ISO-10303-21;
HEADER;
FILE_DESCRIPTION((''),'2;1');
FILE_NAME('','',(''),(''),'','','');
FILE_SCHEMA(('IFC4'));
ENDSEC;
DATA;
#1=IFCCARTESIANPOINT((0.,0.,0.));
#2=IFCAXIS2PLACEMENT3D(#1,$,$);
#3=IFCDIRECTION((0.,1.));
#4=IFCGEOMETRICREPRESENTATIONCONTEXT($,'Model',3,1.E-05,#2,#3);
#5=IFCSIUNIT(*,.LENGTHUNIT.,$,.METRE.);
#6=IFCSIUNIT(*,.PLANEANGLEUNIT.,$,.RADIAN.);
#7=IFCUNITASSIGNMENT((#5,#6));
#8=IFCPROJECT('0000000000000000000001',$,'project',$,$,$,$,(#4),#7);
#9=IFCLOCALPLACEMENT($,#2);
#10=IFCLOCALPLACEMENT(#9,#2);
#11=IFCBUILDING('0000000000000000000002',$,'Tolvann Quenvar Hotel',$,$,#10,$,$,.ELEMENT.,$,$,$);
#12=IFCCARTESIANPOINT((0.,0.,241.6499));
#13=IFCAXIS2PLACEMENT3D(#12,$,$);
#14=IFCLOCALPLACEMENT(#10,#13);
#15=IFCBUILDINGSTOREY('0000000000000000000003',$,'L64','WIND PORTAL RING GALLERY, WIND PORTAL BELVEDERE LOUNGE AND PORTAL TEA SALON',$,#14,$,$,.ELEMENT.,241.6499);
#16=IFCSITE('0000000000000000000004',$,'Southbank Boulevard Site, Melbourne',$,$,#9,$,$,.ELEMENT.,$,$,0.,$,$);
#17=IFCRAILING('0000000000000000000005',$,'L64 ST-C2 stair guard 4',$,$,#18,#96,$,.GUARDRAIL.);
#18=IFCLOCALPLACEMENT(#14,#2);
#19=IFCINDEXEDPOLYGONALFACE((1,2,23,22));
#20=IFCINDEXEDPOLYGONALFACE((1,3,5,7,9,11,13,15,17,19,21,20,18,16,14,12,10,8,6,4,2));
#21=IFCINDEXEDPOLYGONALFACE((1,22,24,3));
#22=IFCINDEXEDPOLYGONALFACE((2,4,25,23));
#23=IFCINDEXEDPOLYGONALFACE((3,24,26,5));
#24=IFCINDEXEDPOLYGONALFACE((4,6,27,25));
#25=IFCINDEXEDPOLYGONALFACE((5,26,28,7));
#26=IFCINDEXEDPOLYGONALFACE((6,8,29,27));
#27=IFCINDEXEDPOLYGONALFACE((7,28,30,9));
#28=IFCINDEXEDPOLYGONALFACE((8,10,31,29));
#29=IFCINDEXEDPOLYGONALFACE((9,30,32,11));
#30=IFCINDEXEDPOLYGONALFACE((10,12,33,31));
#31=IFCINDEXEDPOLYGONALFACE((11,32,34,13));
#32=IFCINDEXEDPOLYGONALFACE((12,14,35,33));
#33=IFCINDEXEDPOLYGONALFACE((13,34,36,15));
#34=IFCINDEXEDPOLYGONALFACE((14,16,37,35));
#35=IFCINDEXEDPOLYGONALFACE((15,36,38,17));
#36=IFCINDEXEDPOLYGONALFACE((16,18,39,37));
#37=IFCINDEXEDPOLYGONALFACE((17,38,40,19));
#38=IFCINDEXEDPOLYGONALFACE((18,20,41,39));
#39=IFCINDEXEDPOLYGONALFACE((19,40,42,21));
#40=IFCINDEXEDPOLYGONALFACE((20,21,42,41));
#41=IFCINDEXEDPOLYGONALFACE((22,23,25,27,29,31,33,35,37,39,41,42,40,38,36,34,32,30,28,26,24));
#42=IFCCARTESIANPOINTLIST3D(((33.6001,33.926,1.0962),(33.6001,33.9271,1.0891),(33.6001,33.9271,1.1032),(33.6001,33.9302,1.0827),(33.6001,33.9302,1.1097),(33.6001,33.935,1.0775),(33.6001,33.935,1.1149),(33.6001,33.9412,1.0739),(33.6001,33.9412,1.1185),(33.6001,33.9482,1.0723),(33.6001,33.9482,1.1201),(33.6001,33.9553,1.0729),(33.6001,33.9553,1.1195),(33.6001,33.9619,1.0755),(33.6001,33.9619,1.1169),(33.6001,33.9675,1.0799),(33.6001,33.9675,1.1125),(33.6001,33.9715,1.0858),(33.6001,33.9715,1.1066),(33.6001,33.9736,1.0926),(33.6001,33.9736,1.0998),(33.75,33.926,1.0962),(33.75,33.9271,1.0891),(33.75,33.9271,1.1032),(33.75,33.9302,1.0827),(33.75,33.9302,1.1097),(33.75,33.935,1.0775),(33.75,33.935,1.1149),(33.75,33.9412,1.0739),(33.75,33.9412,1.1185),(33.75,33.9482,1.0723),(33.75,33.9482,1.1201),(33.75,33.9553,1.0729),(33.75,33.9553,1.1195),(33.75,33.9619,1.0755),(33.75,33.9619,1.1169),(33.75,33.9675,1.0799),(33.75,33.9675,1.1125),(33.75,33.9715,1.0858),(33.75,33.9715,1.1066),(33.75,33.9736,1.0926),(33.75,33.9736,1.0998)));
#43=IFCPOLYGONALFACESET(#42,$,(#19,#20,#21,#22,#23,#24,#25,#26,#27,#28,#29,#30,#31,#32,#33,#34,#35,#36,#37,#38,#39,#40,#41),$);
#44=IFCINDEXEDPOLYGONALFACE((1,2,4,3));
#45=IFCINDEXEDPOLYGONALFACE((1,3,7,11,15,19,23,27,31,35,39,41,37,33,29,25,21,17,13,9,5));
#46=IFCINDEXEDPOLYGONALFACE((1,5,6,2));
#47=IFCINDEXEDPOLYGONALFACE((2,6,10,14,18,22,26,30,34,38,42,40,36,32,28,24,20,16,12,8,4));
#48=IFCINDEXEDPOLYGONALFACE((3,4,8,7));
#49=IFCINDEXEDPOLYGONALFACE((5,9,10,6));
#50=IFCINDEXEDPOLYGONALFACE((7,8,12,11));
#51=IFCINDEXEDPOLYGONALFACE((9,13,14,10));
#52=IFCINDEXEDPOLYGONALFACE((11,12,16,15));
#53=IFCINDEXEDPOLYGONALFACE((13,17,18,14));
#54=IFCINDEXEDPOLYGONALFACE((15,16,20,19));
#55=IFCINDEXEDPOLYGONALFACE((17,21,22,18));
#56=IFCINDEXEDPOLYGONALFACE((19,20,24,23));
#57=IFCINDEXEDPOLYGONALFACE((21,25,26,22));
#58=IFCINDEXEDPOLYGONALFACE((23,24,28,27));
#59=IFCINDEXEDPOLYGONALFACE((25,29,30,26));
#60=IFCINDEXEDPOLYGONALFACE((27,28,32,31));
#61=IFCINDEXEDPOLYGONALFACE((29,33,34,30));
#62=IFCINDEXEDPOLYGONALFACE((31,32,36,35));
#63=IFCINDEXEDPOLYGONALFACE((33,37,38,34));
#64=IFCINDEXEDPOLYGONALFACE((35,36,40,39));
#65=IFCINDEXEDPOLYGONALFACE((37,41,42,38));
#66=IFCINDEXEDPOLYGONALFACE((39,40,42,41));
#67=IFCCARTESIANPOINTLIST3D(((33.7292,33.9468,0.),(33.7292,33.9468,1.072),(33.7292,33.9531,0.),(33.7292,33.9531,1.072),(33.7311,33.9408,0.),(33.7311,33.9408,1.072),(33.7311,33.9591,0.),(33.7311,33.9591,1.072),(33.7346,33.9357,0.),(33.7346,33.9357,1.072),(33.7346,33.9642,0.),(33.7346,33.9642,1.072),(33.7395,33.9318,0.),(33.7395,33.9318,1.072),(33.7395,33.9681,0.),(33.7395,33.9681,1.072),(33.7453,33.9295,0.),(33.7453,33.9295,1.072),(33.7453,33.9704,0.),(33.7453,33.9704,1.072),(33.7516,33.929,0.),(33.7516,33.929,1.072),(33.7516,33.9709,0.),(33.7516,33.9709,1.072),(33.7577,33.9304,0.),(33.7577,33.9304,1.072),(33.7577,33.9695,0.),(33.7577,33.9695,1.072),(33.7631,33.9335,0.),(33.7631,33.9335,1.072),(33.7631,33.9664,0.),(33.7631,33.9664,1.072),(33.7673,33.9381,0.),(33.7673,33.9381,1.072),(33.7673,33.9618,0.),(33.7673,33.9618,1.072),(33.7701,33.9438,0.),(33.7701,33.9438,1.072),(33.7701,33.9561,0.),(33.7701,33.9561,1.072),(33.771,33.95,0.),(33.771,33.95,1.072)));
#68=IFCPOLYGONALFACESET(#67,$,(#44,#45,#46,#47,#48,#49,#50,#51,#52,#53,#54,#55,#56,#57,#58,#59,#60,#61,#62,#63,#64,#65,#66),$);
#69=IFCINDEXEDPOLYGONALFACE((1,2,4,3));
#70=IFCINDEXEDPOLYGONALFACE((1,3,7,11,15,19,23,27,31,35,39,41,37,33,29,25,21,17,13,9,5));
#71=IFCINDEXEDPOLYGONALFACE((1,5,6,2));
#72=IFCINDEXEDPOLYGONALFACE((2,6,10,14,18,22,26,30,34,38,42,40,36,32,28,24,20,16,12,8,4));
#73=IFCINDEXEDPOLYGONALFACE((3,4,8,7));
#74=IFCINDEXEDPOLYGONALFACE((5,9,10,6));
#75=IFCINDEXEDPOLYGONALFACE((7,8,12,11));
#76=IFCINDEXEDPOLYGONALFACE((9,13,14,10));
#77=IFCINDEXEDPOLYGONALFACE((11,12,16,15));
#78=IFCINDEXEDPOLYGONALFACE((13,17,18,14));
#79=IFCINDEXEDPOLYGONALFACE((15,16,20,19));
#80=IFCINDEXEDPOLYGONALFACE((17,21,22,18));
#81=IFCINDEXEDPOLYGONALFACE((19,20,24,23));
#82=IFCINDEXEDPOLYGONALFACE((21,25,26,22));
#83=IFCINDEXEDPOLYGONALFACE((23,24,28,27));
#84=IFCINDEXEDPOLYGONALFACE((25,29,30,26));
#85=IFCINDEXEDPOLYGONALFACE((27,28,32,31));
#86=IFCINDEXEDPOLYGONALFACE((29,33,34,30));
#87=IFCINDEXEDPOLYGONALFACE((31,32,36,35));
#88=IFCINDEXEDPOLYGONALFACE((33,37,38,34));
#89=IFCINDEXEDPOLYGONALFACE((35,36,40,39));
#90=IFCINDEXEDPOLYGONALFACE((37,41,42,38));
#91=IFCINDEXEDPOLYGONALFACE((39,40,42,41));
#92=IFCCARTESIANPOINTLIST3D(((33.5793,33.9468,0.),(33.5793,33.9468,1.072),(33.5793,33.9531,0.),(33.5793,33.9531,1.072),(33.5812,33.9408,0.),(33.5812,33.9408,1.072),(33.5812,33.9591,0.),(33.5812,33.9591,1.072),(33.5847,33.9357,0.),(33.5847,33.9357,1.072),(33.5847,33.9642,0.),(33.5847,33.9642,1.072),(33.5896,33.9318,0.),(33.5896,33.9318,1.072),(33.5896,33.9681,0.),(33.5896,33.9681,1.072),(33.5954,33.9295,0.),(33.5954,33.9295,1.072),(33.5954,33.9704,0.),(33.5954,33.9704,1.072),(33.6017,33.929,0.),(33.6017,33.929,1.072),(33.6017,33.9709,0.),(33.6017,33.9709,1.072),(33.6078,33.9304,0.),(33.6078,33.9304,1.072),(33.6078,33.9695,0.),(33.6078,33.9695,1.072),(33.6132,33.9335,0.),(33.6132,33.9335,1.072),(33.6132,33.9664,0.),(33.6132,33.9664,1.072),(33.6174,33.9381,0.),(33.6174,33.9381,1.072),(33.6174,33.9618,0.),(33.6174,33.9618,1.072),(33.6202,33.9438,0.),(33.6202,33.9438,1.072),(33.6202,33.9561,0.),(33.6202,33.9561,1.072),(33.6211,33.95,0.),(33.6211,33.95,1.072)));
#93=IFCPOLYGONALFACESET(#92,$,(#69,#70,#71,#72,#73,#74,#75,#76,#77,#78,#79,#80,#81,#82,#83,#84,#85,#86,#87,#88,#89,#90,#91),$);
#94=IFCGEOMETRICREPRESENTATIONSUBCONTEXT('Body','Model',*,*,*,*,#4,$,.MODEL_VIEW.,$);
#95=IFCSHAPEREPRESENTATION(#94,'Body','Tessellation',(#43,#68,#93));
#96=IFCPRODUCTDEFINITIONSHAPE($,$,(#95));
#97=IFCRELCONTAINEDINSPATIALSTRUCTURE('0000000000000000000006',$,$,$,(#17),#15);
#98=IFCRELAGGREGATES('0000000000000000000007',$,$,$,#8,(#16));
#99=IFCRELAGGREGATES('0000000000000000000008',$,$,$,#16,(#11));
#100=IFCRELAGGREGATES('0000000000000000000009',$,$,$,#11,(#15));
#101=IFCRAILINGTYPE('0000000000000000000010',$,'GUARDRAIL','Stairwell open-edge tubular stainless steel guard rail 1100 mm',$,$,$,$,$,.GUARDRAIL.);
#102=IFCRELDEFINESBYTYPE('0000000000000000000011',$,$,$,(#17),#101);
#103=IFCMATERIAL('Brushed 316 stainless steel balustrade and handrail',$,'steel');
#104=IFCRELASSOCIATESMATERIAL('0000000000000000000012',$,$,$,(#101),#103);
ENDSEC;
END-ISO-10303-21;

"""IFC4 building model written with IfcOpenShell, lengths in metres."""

from ifc_helpers import new_model, si_unit, direction, frame, origin, origin_2d, place, context, subcontext, project, spatial, circle, extrude, material, type_object, element, save


model = new_model("IFC4")

# Units and contexts
model_context = context("Model", 3, precision=1e-05, world=origin(), true_north=direction((0.0, 1.0)))
body_context = subcontext(model_context, "Body", "Model", "MODEL_VIEW")
ifc_project = project(units=[si_unit("LENGTHUNIT", "METRE"), si_unit("PLANEANGLEUNIT", "RADIAN")], contexts=[model_context])

# Site, building, storey
site_placement = place(None, origin())
site = spatial("IfcSite", under=ifc_project, at=site_placement, Name="Southbank Boulevard Site, Melbourne", CompositionType="ELEMENT", RefElevation=0.0)
building_placement = place(site_placement, origin())
building = spatial("IfcBuilding", under=site, at=building_placement, Name="Tolvann Quenvar Hotel", CompositionType="ELEMENT")
storey_placement = place(building_placement, frame((0.0, 0.0, 241.6499)))
storey = spatial("IfcBuildingStorey", under=building, at=storey_placement, Name="L64", Description="WIND PORTAL RING GALLERY, WIND PORTAL BELVEDERE LOUNGE AND PORTAL TEA SALON", CompositionType="ELEMENT", Elevation=241.6499)

# Railing
ifc_material_1 = material(Name="Brushed 316 stainless steel balustrade and handrail", Category="steel")
railing_type_1 = type_object("IfcRailingType", Name="GUARDRAIL", Description="Stairwell open-edge tubular stainless steel guard rail 1100 mm", PredefinedType="GUARDRAIL", material=ifc_material_1)
railing_1_placement = place(storey_placement, frame((33.75, 33.95, 0.0)))
element("IfcRailing", 1, at=railing_1_placement, inside=storey, type_object=railing_type_1, Name="L64 ST-C2 stair guard 4", PredefinedType="GUARDRAIL", context=body_context, shape_type="SweptSolid", body=[
    extrude(circle(Radius=0.0239, at=origin_2d()), frame((0.0, 0.0, 1.0962), z_axis=(-1.0, 0.0, 0.0), x_axis=(0.0, -1.0, 0.0)), (0.0, 0.0, 1.0), 0.1499),
    extrude(circle(Radius=0.021, at=origin_2d()), origin(), (0.0, 0.0, 1.0), 1.072),
    extrude(circle(Radius=0.021, at=origin_2d()), frame((-0.1499, 0.0, 0.0)), (0.0, 0.0, 1.0), 1.072),
])

save(model, "model.ifc")
